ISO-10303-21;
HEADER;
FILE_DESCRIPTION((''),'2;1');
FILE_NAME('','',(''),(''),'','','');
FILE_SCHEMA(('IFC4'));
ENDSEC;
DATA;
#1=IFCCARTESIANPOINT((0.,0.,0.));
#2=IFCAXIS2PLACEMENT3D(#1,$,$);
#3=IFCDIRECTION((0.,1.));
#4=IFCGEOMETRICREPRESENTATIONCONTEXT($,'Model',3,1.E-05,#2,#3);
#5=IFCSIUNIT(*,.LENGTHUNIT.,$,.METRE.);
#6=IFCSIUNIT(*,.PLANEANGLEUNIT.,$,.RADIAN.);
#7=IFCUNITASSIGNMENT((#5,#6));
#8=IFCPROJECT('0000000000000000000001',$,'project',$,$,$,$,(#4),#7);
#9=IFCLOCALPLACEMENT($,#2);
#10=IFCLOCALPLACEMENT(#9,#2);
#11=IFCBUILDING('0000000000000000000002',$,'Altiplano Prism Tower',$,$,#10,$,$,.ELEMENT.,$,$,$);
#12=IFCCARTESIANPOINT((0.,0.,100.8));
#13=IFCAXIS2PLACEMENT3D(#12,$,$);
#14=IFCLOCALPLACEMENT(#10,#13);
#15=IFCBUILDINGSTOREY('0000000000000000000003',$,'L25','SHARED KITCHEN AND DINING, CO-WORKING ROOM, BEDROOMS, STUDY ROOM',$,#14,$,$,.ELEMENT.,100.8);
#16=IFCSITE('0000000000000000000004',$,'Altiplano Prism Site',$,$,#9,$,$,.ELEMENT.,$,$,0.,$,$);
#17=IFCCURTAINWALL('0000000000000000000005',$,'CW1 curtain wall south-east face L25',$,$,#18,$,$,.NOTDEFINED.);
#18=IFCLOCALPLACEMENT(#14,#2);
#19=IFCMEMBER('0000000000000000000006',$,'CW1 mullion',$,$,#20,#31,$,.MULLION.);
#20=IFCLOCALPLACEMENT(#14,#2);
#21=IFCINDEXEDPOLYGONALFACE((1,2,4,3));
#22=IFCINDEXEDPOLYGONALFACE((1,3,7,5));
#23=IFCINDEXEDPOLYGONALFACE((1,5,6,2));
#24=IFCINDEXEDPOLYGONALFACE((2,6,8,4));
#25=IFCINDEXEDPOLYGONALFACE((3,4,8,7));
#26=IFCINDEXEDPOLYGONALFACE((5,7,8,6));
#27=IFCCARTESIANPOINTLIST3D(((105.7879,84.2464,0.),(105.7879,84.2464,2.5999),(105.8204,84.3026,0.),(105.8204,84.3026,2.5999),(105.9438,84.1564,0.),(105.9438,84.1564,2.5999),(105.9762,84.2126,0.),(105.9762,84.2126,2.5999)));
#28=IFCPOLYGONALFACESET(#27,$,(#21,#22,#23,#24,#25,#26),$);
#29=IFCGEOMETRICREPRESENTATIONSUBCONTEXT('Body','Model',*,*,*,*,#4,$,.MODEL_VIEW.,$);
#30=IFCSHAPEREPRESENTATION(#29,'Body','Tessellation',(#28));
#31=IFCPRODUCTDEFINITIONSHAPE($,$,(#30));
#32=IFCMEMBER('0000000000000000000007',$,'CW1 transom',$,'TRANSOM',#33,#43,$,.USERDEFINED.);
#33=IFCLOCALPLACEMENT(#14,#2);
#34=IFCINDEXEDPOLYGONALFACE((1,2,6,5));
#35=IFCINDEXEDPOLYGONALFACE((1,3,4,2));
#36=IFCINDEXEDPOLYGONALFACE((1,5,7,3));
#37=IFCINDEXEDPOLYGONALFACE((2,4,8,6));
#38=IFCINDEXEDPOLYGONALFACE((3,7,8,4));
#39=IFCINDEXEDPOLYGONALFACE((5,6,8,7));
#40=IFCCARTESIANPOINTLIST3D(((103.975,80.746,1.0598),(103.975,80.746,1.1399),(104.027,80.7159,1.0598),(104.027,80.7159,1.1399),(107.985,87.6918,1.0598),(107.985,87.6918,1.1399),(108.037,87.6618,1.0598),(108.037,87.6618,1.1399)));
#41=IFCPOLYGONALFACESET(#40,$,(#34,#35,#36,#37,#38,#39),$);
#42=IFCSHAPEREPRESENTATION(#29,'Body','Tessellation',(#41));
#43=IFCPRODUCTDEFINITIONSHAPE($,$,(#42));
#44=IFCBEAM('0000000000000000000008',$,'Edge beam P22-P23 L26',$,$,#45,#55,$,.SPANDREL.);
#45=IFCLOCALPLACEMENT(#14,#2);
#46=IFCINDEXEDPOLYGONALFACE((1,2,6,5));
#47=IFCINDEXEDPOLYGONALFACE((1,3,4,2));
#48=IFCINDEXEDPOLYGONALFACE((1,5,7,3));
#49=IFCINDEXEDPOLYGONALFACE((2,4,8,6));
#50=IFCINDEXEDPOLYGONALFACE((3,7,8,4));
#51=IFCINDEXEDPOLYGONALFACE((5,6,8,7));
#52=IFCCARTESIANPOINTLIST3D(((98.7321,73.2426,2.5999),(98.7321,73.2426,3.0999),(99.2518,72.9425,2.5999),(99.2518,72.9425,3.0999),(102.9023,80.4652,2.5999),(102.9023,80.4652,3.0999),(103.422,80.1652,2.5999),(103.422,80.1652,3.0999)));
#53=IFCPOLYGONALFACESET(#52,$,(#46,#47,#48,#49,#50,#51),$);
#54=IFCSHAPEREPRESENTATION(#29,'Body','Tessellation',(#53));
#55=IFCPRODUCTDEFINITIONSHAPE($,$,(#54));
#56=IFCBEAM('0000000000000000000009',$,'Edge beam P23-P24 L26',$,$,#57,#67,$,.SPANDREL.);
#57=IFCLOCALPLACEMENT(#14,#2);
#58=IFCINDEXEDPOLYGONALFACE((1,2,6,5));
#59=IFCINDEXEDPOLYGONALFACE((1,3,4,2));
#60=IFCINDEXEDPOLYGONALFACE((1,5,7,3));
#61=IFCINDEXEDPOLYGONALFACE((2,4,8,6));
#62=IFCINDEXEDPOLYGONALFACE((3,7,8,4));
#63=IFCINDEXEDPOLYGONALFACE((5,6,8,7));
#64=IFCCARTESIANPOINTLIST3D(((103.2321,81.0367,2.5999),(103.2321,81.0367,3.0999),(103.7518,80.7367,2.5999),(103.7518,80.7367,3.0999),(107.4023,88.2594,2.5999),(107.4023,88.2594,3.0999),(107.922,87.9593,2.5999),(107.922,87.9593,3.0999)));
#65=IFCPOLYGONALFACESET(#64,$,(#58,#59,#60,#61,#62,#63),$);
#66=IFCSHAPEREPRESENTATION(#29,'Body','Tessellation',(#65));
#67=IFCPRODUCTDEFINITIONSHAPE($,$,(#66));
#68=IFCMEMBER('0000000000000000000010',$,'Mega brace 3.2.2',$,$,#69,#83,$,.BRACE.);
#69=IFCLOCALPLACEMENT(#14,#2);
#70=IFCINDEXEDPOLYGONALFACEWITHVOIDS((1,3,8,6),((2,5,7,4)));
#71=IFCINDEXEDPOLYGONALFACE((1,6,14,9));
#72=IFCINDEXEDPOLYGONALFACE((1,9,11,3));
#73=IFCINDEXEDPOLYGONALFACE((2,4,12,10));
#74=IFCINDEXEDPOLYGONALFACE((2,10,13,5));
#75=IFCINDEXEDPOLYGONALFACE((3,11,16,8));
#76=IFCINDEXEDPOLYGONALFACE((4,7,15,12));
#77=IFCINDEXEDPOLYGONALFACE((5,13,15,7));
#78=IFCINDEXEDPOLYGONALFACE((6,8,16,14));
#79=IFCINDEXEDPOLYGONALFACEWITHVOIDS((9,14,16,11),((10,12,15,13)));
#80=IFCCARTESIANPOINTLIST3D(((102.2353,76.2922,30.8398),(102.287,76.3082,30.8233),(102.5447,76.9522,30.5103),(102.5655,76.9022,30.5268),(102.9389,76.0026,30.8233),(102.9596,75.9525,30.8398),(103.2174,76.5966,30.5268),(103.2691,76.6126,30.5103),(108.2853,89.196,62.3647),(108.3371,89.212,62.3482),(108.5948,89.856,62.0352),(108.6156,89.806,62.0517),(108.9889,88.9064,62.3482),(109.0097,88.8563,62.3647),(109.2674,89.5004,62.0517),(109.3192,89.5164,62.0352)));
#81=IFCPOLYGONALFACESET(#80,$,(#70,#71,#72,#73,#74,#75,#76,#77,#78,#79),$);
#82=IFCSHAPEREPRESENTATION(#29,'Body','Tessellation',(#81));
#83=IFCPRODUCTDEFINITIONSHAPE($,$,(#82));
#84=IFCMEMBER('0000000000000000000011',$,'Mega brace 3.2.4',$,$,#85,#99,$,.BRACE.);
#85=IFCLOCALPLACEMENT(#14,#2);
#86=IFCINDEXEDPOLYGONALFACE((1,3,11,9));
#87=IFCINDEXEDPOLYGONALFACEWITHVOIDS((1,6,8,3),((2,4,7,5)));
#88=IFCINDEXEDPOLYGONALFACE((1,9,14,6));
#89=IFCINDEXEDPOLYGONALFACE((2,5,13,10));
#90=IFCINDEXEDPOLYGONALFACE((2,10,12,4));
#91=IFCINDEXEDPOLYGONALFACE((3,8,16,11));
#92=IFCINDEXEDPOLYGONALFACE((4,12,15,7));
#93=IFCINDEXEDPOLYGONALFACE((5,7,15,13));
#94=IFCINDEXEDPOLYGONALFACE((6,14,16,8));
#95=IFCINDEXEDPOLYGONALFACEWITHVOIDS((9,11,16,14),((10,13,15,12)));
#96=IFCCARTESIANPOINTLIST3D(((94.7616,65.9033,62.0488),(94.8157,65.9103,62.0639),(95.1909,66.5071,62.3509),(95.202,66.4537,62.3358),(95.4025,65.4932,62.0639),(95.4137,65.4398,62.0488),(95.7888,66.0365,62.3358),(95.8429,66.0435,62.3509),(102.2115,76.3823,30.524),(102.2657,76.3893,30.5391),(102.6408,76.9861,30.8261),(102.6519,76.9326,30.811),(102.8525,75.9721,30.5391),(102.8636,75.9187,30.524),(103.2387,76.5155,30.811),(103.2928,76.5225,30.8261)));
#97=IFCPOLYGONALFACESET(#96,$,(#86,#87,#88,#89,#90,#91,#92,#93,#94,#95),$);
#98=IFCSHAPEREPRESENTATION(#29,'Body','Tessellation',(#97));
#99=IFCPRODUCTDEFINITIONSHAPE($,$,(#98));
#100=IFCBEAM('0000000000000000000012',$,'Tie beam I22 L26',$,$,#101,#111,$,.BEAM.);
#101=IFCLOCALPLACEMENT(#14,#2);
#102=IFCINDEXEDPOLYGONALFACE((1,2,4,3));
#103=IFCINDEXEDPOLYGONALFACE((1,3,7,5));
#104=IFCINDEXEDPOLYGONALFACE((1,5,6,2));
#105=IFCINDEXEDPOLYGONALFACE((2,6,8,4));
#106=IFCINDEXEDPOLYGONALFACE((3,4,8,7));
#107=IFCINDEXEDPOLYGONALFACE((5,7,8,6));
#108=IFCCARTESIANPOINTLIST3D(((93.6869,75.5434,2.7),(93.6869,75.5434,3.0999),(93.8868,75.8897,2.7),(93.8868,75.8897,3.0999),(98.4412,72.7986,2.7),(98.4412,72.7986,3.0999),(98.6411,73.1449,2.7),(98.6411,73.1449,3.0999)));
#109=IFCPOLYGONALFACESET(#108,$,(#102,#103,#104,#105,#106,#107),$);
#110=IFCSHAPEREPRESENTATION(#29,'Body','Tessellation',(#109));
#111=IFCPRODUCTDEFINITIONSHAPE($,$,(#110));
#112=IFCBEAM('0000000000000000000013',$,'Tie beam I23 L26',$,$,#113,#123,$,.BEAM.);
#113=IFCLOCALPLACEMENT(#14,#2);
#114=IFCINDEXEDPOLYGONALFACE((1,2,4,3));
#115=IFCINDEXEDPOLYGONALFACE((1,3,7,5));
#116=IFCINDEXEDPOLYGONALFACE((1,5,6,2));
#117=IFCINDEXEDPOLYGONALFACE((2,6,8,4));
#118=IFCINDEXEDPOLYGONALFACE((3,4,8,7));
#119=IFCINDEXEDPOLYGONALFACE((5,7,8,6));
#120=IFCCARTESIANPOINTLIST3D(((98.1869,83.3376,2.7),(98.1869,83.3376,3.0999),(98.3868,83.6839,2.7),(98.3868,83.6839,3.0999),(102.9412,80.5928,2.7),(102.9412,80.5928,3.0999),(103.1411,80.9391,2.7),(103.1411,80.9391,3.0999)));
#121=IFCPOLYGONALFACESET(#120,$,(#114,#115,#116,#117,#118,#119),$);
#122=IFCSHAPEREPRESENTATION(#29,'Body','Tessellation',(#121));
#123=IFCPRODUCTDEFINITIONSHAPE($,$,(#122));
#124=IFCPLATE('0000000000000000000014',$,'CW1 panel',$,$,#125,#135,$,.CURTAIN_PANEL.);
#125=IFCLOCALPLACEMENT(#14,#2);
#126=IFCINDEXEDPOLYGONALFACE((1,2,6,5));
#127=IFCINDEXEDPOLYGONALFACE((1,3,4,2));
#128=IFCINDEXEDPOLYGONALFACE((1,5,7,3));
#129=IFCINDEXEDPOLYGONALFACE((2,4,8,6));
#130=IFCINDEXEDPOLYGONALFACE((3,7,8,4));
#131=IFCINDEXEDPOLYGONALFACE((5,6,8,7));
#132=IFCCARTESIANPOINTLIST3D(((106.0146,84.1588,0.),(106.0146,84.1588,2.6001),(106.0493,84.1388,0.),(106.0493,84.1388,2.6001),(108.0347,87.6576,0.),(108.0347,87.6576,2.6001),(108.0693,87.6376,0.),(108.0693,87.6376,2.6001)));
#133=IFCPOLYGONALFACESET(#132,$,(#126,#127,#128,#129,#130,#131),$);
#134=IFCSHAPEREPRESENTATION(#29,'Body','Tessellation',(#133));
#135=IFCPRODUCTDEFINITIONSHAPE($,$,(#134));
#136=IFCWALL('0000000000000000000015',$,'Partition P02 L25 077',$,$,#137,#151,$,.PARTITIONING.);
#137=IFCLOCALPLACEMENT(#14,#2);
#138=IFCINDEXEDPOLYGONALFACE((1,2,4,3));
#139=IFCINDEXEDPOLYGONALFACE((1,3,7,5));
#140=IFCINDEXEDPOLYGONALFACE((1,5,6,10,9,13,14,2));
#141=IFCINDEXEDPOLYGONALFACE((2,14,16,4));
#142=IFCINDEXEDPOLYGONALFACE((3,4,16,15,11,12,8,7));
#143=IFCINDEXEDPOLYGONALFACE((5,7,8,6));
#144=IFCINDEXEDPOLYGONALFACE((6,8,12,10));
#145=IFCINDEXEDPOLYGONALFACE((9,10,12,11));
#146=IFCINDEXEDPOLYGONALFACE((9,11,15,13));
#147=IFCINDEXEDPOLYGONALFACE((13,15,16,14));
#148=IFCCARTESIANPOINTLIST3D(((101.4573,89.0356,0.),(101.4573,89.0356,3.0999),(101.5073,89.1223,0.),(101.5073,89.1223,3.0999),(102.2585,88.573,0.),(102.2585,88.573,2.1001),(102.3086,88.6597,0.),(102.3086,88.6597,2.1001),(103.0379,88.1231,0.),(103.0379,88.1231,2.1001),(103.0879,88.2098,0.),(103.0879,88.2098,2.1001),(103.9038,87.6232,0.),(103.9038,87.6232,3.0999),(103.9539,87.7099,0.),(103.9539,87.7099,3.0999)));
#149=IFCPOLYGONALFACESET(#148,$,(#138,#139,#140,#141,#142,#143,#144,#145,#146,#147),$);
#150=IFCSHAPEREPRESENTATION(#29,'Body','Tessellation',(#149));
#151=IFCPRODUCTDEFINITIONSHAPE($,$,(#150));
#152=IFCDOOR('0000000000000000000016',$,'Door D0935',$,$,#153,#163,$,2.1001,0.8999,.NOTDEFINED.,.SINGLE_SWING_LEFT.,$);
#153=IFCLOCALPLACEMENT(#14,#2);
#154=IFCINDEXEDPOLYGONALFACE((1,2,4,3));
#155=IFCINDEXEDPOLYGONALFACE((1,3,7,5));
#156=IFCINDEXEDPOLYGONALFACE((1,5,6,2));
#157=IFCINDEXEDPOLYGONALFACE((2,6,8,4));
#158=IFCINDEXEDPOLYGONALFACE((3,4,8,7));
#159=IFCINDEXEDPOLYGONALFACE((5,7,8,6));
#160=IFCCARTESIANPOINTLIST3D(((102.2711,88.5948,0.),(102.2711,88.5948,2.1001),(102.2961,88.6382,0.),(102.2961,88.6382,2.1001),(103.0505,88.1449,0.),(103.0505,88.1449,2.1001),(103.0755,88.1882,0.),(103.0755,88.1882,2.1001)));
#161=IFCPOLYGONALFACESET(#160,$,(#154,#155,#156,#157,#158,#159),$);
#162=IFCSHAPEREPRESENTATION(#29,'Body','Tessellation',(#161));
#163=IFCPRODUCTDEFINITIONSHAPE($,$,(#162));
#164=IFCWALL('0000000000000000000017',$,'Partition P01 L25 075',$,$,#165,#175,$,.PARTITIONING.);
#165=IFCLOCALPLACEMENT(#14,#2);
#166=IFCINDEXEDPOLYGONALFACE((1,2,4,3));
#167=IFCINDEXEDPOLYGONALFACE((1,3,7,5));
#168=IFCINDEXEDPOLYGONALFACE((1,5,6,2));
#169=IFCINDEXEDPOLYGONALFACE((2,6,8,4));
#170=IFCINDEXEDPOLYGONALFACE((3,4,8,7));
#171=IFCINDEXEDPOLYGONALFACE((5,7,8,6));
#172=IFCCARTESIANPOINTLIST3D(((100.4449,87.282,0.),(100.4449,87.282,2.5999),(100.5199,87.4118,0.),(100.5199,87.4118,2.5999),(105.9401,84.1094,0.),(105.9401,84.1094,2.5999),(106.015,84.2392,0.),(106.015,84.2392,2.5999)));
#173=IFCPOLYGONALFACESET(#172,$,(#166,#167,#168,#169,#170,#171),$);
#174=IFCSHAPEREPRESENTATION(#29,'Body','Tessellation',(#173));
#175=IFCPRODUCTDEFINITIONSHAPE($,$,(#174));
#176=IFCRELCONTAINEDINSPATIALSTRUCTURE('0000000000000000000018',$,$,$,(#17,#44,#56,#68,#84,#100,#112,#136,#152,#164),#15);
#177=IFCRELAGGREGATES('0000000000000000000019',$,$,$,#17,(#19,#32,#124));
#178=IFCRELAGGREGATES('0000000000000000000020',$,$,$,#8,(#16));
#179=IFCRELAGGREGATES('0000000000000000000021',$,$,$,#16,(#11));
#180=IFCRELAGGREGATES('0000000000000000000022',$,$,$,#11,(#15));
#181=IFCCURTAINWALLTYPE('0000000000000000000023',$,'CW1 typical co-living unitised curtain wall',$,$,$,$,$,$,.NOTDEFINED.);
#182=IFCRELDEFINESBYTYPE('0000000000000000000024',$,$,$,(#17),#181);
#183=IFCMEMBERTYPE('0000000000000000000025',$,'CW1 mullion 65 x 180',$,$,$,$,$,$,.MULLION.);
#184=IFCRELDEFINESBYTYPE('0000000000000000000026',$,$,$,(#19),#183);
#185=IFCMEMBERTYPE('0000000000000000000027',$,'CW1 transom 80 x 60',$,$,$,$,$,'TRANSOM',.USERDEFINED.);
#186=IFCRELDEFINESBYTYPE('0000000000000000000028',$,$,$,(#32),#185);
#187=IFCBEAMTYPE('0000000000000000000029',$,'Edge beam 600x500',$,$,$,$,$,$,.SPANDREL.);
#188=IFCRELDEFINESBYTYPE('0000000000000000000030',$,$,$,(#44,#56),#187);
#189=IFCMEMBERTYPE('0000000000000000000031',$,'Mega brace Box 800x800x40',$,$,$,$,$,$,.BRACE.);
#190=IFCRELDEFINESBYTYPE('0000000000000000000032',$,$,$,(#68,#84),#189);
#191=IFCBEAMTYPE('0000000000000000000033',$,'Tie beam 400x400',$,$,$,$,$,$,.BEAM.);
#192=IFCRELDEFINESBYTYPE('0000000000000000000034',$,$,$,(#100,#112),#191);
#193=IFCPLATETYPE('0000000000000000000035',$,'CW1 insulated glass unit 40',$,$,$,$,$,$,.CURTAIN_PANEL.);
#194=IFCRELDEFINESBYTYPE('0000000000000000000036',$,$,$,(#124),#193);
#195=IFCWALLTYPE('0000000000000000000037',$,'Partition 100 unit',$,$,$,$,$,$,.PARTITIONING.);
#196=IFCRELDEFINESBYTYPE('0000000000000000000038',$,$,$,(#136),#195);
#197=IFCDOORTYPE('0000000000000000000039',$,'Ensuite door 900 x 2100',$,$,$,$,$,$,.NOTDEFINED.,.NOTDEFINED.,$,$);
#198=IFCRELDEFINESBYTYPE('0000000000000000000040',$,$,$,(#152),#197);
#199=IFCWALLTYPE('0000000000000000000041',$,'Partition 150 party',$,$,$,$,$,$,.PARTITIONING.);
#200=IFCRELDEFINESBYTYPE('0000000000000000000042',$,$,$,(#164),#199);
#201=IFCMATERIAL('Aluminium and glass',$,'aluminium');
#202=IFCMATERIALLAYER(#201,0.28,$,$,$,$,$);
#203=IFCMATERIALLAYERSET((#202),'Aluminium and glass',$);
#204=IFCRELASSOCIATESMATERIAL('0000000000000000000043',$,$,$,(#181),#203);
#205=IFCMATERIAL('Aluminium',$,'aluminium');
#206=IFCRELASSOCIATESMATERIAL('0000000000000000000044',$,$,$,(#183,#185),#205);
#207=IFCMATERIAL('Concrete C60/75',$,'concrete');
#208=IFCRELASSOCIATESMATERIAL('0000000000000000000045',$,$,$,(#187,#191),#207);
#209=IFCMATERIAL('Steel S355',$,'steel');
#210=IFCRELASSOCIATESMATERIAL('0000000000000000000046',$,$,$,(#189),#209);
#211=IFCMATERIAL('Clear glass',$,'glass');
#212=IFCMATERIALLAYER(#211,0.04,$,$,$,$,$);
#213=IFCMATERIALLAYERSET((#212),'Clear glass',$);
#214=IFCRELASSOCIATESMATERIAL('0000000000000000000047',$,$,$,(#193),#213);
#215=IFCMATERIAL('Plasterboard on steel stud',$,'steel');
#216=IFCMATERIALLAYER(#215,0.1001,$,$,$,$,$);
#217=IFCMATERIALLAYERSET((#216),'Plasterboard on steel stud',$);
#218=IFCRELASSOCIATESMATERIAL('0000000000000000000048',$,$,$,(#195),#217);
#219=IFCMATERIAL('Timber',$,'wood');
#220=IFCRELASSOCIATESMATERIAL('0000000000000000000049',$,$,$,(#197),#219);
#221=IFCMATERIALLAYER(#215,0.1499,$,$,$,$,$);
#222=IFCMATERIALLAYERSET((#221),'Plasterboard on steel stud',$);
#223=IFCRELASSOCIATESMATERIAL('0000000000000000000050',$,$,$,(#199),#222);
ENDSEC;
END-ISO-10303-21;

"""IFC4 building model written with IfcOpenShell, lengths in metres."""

from ifc_helpers import new_model, si_unit, direction, frame, frame_2d, origin, origin_2d, place, context, subcontext, project, spatial, rectangle, hollow_rectangle, extrude, material, layer, layer_set, material_profile, profile_set, type_object, element, fill, aggregate, save


model = new_model("IFC4")

# Units and contexts
model_context = context("Model", 3, precision=1e-05, world=origin(), true_north=direction((0.0, 1.0)))
body_context = subcontext(model_context, "Body", "Model", "MODEL_VIEW")
ifc_project = project(units=[si_unit("LENGTHUNIT", "METRE"), si_unit("PLANEANGLEUNIT", "RADIAN")], contexts=[model_context])

# Site, building, storey
site_placement = place(None, origin())
site = spatial("IfcSite", under=ifc_project, at=site_placement, Name="Altiplano Prism Site", CompositionType="ELEMENT", RefElevation=0.0)
building_placement = place(site_placement, origin())
building = spatial("IfcBuilding", under=site, at=building_placement, Name="Altiplano Prism Tower", CompositionType="ELEMENT")
storey_placement = place(building_placement, frame((0.0, 0.0, 100.8)))
storey = spatial("IfcBuildingStorey", under=building, at=storey_placement, Name="L25", Description="SHARED KITCHEN AND DINING, CO-WORKING ROOM, BEDROOMS, STUDY ROOM", CompositionType="ELEMENT", Elevation=100.8)

# Curtain wall, members
ifc_material_1 = material(Name="Aluminium and glass", Category="aluminium")
ifc_layer_1 = layer(ifc_material_1, 0.28)
ifc_layer_set_1 = layer_set([ifc_layer_1], Name="Aluminium and glass")
curtain_wall_type = type_object("IfcCurtainWallType", Name="CW1 typical co-living unitised curtain wall", PredefinedType="NOTDEFINED", material=ifc_layer_set_1)
curtain_wall_placement = place(storey_placement, origin())
curtain_wall = element("IfcCurtainWall", 1, at=curtain_wall_placement, inside=storey, type_object=curtain_wall_type, Name="CW1 curtain wall south-east face L25", PredefinedType="NOTDEFINED")
ifc_material_2 = material(Name="Aluminium", Category="aluminium")
ifc_material_profile_1 = material_profile(ifc_material_2, rectangle(XDim=0.1799, YDim=0.0649, at=origin_2d()), Name="CW1 mullion 65 x 180")
ifc_profile_set_1 = profile_set([ifc_material_profile_1], Name="Aluminium")
member_type_1 = type_object("IfcMemberType", Name="CW1 mullion 65 x 180", PredefinedType="MULLION", material=ifc_profile_set_1)
member_1_placement = place(storey_placement, frame((105.8821, 84.2295, 0.0), z_axis=(0.0, 0.0, 1.0), x_axis=(-0.866025, 0.5, 0.0)))
member_1 = element("IfcMember", 2, at=member_1_placement, type_object=member_type_1, Name="CW1 mullion", PredefinedType="MULLION", context=body_context, shape_type="SweptSolid", body=[
    extrude(rectangle(XDim=0.1799, YDim=0.0649, at=origin_2d()), origin(), (0.0, 0.0, 1.0), 2.5999),
])
ifc_material_profile_2 = material_profile(ifc_material_2, rectangle(XDim=0.0601, YDim=0.0801, at=origin_2d()), Name="CW1 transom 80 x 60")
ifc_profile_set_2 = profile_set([ifc_material_profile_2], Name="Aluminium")
member_type_2 = type_object("IfcMemberType", Name="CW1 transom 80 x 60", ElementType="TRANSOM", PredefinedType="USERDEFINED", material=ifc_profile_set_2)
member_2_placement = place(storey_placement, frame((104.001, 80.731, 1.0999), z_axis=(0.499986, 0.866034, 0.0), x_axis=(-0.866034, 0.499986, 0.0)))
member_2 = element("IfcMember", 3, at=member_2_placement, type_object=member_type_2, Name="CW1 transom", ObjectType="TRANSOM", PredefinedType="USERDEFINED", context=body_context, shape_type="SweptSolid", body=[
    extrude(rectangle(XDim=0.0601, YDim=0.0801, at=origin_2d()), origin(), (0.0, 0.0, 1.0), 8.0203),
])

# Beams
ifc_material_3 = material(Name="Concrete C60/75", Category="concrete")
ifc_material_profile_3 = material_profile(ifc_material_3, rectangle(XDim=0.6001, YDim=0.5, at=origin_2d()), Name="Edge beam 600x500")
ifc_profile_set_3 = profile_set([ifc_material_profile_3], Name="Concrete C60/75")
beam_type_1 = type_object("IfcBeamType", Name="Edge beam 600x500", PredefinedType="SPANDREL", material=ifc_profile_set_3)
for number, where, z_axis, x_axis, name in (
    (4, (98.9919, 73.0925, 2.8499), (0.500015, 0.866017, 0.0), (-0.866017, 0.500015, 0.0), "Edge beam P22-P23 L26"),
    (5, (103.4919, 80.8867, 2.8499), (0.500015, 0.866017, 0.0), (-0.866017, 0.500015, 0.0), "Edge beam P23-P24 L26"),
):
    element("IfcBeam", number, at=place(storey_placement, frame(where, z_axis=z_axis, x_axis=x_axis)), inside=storey, type_object=beam_type_1, Name=name, PredefinedType="SPANDREL", context=body_context, shape_type="SweptSolid", body=[
        extrude(rectangle(XDim=0.6001, YDim=0.5, at=origin_2d()), origin(), (0.0, 0.0, 1.0), 8.3401),
    ])

# Members
ifc_material_4 = material(Name="Steel S355", Category="steel")
ifc_material_profile_4 = material_profile(ifc_material_4, hollow_rectangle(XDim=0.8, YDim=0.8, WallThickness=0.04, at=origin_2d()), Name="Mega brace Box 800x800x40")
ifc_profile_set_4 = profile_set([ifc_material_profile_4], Name="Steel S355")
member_type_3 = type_object("IfcMemberType", Name="Mega brace Box 800x800x40", PredefinedType="BRACE", material=ifc_profile_set_4)
member_3_placement = place(storey_placement, frame((102.7522, 76.4524, 30.675), z_axis=(0.174874, 0.372978, 0.911212), x_axis=(-0.905421, 0.424514, 0.0)))
element("IfcMember", 6, at=member_3_placement, inside=storey, type_object=member_type_3, Name="Mega brace 3.2.2", PredefinedType="BRACE", context=body_context, shape_type="SweptSolid", body=[
    extrude(hollow_rectangle(XDim=0.8, YDim=0.8, WallThickness=0.04, at=origin_2d()), origin(), (0.0, 0.0, 1.0), 34.5967),
])
member_4_placement = place(storey_placement, frame((102.7522, 76.4524, 30.675), z_axis=(-0.21882, -0.307789, 0.92595), x_axis=(0.815021, -0.579432, 0.0)))
element("IfcMember", 7, at=member_4_placement, inside=storey, type_object=member_type_3, Name="Mega brace 3.2.4", PredefinedType="BRACE", context=body_context, shape_type="SweptSolid", body=[
    extrude(hollow_rectangle(XDim=0.8, YDim=0.8, WallThickness=0.04, at=origin_2d()), origin(), (0.0, 0.0, 1.0), 34.0459),
])

# Beams
ifc_material_profile_5 = material_profile(ifc_material_3, rectangle(XDim=0.3999, YDim=0.3999, at=origin_2d()), Name="Tie beam 400x400")
ifc_profile_set_5 = profile_set([ifc_material_profile_5], Name="Concrete C60/75")
beam_type_2 = type_object("IfcBeamType", Name="Tie beam 400x400", PredefinedType="BEAM", material=ifc_profile_set_5)
for number, where, z_axis, x_axis, name in (
    (8, (93.7869, 75.7166, 2.8999), (0.866032, -0.499989, 0.0), (0.499989, 0.866032, 0.0), "Tie beam I22 L26"),
    (9, (98.2869, 83.5107, 2.8999), (0.866032, -0.499989, 0.0), (0.499989, 0.866032, 0.0), "Tie beam I23 L26"),
):
    element("IfcBeam", number, at=place(storey_placement, frame(where, z_axis=z_axis, x_axis=x_axis)), inside=storey, type_object=beam_type_2, Name=name, PredefinedType="BEAM", context=body_context, shape_type="SweptSolid", body=[
        extrude(rectangle(XDim=0.3999, YDim=0.3999, at=origin_2d()), origin(), (0.0, 0.0, 1.0), 5.4897),
    ])

# Plate
ifc_material_5 = material(Name="Clear glass", Category="glass")
ifc_layer_2 = layer(ifc_material_5, 0.04)
ifc_layer_set_2 = layer_set([ifc_layer_2], Name="Clear glass")
plate_type = type_object("IfcPlateType", Name="CW1 insulated glass unit 40", PredefinedType="CURTAIN_PANEL", material=ifc_layer_set_2)
plate_placement = place(storey_placement, frame((107.042, 85.8982, 0.0), z_axis=(0.0, 0.0, 1.0), x_axis=(0.5, 0.866025, 0.0)))
plate = element("IfcPlate", 10, at=plate_placement, type_object=plate_type, Name="CW1 panel", PredefinedType="CURTAIN_PANEL", context=body_context, shape_type="SweptSolid", body=[
    extrude(rectangle(XDim=4.04, YDim=0.04, at=origin_2d()), origin(), (0.0, 0.0, 1.0), 2.6001),
])
aggregate(curtain_wall, [member_1, member_2, plate])

# Wall, opening, door
ifc_material_6 = material(Name="Plasterboard on steel stud", Category="steel")
ifc_layer_3 = layer(ifc_material_6, 0.1001)
ifc_layer_set_3 = layer_set([ifc_layer_3], Name="Plasterboard on steel stud")
wall_type_1 = type_object("IfcWallType", Name="Partition 100 unit", PredefinedType="PARTITIONING", material=ifc_layer_set_3)
wall_1_placement = place(storey_placement, frame((103.929, 87.6665, 0.0), z_axis=(0.0, 0.0, 1.0), x_axis=(-0.866049, 0.499959, 0.0)))
wall_1 = element("IfcWall", 11, at=wall_1_placement, inside=storey, type_object=wall_type_1, Name="Partition P02 L25 077", PredefinedType="PARTITIONING", context=body_context, shape_type="SweptSolid", body=[
    extrude(rectangle(XDim=2.825, YDim=0.1001, at=frame_2d((1.4126, 0.0))), origin(), (0.0, 0.0, 1.0), 3.0999),
])
opening_placement = place(wall_1_placement, frame((1.0, 0.0, 0.0)))
opening = element("IfcOpeningElement", 12, at=opening_placement, cuts=wall_1, PredefinedType="OPENING", context=body_context, shape_type="SweptSolid", body=[
    extrude(rectangle(XDim=0.8999, YDim=2.1001, at=frame_2d((0.45, 1.05))), frame((0.0, 0.0605, 0.0), z_axis=(0.0, -1.0, 0.0), x_axis=(1.0, 0.0, 0.0)), (0.0, 0.0, 1.0), 0.1211),
])
ifc_material_7 = material(Name="Timber", Category="wood")
door_type = type_object("IfcDoorType", Name="Ensuite door 900 x 2100", OperationType="NOTDEFINED", PredefinedType="NOTDEFINED", material=ifc_material_7)
door_placement = place(opening_placement, origin())
door = element("IfcDoor", 13, at=door_placement, inside=storey, type_object=door_type, Name="Door D0935", OperationType="SINGLE_SWING_LEFT", OverallHeight=2.1001, OverallWidth=0.8999, PredefinedType="NOTDEFINED", context=body_context, shape_type="SweptSolid", body=[
    extrude(rectangle(XDim=0.8999, YDim=2.1001, at=frame_2d((0.45, 1.05))), frame((0.0, 0.0249, 0.0), z_axis=(0.0, -1.0, 0.0), x_axis=(1.0, 0.0, 0.0)), (0.0, 0.0, 1.0), 0.05),
])
fill(opening, door)

# Wall
ifc_layer_4 = layer(ifc_material_6, 0.1499)
ifc_layer_set_4 = layer_set([ifc_layer_4], Name="Plasterboard on steel stud")
wall_type_2 = type_object("IfcWallType", Name="Partition 150 party", PredefinedType="PARTITIONING", material=ifc_layer_set_4)
wall_2_placement = place(storey_placement, frame((105.9775, 84.1743, 0.0), z_axis=(0.0, 0.0, 1.0), x_axis=(-0.866025, 0.5, 0.0)))
element("IfcWall", 14, at=wall_2_placement, inside=storey, type_object=wall_type_2, Name="Partition P01 L25 075", PredefinedType="PARTITIONING", context=body_context, shape_type="SweptSolid", body=[
    extrude(rectangle(XDim=6.3452, YDim=0.1499, at=frame_2d((3.1726, 0.0))), origin(), (0.0, 0.0, 1.0), 2.5999),
])

save(model, "model.ifc")
